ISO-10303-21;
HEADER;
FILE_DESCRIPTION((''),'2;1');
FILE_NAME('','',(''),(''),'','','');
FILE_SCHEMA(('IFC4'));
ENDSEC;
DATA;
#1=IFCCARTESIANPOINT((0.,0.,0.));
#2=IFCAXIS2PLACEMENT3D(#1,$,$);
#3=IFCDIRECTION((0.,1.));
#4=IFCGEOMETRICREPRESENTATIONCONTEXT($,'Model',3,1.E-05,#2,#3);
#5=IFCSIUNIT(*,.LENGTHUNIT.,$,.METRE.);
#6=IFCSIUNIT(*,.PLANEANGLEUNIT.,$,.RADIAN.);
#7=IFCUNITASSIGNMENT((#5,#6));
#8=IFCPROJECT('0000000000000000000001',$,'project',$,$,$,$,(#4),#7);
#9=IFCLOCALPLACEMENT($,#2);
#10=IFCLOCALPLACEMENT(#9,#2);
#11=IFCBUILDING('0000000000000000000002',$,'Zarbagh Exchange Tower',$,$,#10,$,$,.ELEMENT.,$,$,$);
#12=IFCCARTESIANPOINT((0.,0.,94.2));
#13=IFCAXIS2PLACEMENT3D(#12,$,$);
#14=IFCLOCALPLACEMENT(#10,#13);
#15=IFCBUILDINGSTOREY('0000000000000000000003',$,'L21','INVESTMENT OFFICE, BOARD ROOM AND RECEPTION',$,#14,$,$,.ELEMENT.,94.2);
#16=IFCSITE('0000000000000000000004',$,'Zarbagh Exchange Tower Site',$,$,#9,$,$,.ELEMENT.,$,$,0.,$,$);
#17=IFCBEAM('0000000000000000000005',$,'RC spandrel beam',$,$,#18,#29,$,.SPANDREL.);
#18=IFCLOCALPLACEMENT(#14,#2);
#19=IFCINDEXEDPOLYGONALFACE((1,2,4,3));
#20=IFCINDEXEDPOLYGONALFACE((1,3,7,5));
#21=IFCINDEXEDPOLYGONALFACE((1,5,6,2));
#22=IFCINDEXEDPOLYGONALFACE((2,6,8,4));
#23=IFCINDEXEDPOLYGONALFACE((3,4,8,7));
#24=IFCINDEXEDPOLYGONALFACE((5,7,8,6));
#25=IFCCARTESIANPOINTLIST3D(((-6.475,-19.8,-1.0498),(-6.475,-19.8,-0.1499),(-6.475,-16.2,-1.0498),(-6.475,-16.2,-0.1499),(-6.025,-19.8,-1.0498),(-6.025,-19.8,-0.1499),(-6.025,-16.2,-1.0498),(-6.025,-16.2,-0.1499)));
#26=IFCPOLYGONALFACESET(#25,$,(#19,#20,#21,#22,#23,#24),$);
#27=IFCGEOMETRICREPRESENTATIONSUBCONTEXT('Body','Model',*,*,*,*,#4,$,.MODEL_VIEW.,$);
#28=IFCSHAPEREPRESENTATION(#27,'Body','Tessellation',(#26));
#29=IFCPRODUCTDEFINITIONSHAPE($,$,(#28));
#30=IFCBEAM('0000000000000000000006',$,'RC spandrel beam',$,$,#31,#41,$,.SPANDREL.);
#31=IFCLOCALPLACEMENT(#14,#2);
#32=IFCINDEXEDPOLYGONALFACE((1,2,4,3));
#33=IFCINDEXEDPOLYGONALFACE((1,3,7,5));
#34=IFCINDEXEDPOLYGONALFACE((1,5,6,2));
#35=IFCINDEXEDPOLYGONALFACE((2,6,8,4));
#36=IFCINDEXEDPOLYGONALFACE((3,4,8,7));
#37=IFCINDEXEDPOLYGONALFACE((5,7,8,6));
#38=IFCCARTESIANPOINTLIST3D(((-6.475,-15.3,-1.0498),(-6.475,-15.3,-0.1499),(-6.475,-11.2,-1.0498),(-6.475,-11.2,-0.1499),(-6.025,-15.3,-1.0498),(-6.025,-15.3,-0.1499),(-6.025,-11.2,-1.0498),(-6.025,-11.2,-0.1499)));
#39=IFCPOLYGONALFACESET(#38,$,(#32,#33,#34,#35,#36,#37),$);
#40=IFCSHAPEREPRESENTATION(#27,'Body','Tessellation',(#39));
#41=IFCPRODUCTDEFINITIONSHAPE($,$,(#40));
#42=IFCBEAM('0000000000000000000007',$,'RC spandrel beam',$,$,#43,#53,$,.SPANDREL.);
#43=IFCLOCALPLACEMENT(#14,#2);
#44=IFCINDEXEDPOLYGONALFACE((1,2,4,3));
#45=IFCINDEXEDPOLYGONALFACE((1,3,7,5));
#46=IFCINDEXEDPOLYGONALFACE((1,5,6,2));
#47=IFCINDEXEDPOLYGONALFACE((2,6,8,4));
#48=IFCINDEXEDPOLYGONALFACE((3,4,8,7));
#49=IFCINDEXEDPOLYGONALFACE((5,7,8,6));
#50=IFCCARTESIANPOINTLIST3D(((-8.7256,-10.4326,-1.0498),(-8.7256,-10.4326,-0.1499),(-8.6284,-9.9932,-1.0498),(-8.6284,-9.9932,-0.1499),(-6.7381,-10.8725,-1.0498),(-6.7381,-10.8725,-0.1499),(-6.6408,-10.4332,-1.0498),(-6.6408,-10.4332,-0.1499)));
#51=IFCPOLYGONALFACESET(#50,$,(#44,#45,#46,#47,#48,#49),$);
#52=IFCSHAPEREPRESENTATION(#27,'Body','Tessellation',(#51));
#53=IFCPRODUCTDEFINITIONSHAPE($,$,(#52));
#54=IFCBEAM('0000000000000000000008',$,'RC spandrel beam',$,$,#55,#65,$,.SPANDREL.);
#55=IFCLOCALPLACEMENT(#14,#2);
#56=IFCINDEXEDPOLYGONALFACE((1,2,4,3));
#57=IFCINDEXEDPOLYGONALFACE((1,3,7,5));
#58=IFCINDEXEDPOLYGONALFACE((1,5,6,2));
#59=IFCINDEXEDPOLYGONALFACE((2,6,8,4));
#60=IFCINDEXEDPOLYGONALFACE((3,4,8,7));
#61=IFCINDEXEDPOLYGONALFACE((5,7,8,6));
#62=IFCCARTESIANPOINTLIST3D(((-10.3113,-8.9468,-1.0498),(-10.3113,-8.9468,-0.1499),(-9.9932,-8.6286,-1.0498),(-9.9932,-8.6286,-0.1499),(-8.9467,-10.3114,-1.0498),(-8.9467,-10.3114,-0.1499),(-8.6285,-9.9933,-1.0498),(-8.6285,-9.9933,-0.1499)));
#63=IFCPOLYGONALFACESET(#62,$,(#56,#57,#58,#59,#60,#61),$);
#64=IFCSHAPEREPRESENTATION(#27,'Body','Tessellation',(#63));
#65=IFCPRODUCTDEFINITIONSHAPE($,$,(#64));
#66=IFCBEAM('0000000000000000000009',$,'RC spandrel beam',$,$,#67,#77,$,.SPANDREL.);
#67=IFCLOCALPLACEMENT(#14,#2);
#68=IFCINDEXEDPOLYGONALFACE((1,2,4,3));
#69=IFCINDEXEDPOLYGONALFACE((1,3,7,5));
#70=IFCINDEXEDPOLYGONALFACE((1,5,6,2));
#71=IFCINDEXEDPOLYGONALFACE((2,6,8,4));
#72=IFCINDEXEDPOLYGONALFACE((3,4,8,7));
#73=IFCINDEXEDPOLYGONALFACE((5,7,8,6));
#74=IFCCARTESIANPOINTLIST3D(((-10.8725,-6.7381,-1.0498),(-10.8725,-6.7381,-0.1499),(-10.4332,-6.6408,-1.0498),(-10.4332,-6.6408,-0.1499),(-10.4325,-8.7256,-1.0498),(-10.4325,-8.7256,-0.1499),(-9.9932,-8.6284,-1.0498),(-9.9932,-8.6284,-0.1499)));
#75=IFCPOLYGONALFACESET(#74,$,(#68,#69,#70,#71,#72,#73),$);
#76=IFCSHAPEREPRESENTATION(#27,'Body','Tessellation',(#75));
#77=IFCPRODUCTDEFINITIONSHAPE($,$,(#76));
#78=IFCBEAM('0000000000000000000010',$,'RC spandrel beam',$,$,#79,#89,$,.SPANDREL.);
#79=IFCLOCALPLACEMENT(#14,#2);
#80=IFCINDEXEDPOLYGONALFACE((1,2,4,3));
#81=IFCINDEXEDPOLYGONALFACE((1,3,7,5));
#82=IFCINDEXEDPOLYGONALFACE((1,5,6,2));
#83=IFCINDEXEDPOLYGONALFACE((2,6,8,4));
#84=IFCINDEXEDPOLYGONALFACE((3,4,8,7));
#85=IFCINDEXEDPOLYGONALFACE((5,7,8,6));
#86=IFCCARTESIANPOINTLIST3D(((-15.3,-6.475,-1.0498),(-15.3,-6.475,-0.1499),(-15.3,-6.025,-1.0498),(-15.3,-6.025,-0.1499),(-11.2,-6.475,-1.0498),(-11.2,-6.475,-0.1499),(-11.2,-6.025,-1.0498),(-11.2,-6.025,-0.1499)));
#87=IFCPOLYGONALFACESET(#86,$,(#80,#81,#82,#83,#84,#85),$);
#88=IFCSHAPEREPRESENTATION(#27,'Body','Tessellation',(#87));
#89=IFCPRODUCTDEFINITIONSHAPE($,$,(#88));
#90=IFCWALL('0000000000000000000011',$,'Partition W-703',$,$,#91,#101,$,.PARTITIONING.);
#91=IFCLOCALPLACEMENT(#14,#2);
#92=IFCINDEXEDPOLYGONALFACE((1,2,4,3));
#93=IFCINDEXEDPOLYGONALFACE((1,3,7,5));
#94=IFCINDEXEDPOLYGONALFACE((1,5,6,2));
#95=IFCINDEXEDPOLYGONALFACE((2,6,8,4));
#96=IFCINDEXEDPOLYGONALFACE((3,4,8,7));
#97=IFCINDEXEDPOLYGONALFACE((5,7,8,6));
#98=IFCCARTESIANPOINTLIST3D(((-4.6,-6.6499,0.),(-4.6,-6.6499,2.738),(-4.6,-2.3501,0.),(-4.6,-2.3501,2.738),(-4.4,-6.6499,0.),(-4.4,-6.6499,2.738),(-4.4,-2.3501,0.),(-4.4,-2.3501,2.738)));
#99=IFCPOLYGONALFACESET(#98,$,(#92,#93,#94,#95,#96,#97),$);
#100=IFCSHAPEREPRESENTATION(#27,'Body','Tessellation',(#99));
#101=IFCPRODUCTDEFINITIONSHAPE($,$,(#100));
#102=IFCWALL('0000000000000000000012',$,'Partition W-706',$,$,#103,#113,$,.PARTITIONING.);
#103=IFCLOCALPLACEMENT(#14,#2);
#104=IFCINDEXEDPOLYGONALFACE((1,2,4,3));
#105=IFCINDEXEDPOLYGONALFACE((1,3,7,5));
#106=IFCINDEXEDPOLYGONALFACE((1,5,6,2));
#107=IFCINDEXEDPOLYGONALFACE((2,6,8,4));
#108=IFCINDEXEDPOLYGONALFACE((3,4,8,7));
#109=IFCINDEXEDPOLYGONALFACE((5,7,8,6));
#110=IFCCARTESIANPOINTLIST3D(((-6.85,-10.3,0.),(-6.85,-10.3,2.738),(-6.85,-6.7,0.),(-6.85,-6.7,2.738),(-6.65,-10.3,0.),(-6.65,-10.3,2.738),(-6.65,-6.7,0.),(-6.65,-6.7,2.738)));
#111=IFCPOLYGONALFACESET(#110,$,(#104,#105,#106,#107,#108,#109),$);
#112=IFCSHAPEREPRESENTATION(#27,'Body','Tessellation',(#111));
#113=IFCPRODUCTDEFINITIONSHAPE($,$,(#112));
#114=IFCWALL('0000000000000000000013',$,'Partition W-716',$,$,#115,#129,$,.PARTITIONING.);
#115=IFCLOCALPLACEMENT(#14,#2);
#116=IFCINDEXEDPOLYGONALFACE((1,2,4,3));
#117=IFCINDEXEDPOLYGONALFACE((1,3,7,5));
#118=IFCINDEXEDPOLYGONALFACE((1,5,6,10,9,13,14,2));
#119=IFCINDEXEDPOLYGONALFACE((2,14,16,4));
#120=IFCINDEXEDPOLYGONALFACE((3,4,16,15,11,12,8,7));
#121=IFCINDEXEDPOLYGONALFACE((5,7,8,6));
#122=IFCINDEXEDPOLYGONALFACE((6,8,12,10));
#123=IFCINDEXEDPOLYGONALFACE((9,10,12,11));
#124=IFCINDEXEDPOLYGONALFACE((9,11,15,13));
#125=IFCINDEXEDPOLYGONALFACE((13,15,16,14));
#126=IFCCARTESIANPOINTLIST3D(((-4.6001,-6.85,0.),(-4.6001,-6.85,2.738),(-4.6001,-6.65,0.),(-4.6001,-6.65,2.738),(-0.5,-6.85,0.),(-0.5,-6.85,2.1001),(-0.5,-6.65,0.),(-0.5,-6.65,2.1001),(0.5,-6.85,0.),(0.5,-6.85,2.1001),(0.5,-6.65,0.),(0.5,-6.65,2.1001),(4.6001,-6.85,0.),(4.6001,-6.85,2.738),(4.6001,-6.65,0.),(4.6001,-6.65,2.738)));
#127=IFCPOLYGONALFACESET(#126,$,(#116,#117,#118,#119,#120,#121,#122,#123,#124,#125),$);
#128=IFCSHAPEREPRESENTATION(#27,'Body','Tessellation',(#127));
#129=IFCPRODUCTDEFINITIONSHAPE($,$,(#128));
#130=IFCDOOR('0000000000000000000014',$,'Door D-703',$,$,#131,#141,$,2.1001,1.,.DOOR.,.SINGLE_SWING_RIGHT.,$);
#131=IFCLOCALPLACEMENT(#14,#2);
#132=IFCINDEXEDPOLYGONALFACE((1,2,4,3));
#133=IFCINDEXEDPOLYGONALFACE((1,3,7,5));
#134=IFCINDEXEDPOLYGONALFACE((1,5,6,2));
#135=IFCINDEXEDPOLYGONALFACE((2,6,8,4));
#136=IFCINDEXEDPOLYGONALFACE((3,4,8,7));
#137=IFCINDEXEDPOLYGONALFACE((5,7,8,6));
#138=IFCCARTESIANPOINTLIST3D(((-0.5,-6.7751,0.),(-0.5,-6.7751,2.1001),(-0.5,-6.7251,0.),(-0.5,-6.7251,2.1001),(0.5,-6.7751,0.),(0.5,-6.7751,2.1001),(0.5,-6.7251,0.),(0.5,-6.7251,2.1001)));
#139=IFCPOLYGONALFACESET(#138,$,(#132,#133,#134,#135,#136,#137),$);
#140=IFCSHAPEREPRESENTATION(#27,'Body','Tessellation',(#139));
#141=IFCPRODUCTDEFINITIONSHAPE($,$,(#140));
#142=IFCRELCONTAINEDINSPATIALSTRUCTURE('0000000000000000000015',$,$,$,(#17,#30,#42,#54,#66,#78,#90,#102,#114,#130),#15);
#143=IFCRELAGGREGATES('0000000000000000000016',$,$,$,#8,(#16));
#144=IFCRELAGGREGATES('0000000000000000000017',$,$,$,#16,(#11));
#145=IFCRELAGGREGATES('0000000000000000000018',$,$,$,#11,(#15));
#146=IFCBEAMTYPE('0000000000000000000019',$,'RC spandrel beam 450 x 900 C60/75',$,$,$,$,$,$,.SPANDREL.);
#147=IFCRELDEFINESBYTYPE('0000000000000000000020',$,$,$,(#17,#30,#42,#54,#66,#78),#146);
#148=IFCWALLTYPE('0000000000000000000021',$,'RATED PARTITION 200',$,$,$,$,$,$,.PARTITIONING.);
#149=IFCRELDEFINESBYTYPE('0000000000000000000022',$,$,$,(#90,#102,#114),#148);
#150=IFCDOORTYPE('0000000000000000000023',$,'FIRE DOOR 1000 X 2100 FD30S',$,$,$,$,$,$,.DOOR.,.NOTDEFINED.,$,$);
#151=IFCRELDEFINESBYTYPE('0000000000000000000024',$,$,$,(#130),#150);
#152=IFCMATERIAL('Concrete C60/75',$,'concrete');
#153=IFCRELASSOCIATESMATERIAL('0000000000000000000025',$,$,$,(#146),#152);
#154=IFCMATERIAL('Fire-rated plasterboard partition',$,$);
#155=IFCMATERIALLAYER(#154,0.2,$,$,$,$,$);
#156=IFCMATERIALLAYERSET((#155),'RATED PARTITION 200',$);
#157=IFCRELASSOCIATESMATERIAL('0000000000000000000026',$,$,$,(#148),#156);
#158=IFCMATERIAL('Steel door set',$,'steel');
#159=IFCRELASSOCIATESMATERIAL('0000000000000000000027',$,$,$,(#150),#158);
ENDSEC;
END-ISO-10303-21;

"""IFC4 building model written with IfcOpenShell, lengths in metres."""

from ifc_helpers import new_model, si_unit, direction, frame, frame_2d, origin, origin_2d, place, context, subcontext, project, spatial, rectangle, extrude, material, layer, layer_set, material_profile, profile_set, type_object, element, fill, save


model = new_model("IFC4")

# Units and contexts
model_context = context("Model", 3, precision=1e-05, world=origin(), true_north=direction((0.0, 1.0)))
body_context = subcontext(model_context, "Body", "Model", "MODEL_VIEW")
ifc_project = project(units=[si_unit("LENGTHUNIT", "METRE"), si_unit("PLANEANGLEUNIT", "RADIAN")], contexts=[model_context])

# Site, building, storey
site_placement = place(None, origin())
site = spatial("IfcSite", under=ifc_project, at=site_placement, Name="Zarbagh Exchange Tower Site", CompositionType="ELEMENT", RefElevation=0.0)
building_placement = place(site_placement, origin())
building = spatial("IfcBuilding", under=site, at=building_placement, Name="Zarbagh Exchange Tower", CompositionType="ELEMENT")
storey_placement = place(building_placement, frame((0.0, 0.0, 94.2)))
storey = spatial("IfcBuildingStorey", under=building, at=storey_placement, Name="L21", Description="INVESTMENT OFFICE, BOARD ROOM AND RECEPTION", CompositionType="ELEMENT", Elevation=94.2)

# Shared definitions
ifc_material_1 = material(Name="Concrete C60/75", Category="concrete")

# Beams
ifc_material_profile_1 = material_profile(ifc_material_1, rectangle(XDim=0.45, YDim=0.8999, at=origin_2d()), Name="RC spandrel beam 450 x 900 C60/75")
ifc_profile_set_1 = profile_set([ifc_material_profile_1], Name="Concrete C60/75")
beam_type_1 = type_object("IfcBeamType", Name="RC spandrel beam 450 x 900 C60/75", PredefinedType="SPANDREL", material=ifc_profile_set_1)
beam_1_placement = place(storey_placement, frame((-6.25, -19.8, -0.5999), z_axis=(0.0, 1.0, 0.0), x_axis=(-1.0, 0.0, 0.0)))
element("IfcBeam", 1, at=beam_1_placement, inside=storey, type_object=beam_type_1, Name="RC spandrel beam", PredefinedType="SPANDREL", context=body_context, shape_type="SweptSolid", body=[
    extrude(rectangle(XDim=0.45, YDim=0.8999, at=origin_2d()), origin(), (0.0, 0.0, 1.0), 3.6001),
])
beam_2_placement = place(storey_placement, frame((-6.25, -15.3, -0.5999), z_axis=(0.0, 1.0, 0.0), x_axis=(-1.0, 0.0, 0.0)))
element("IfcBeam", 2, at=beam_2_placement, inside=storey, type_object=beam_type_1, Name="RC spandrel beam", PredefinedType="SPANDREL", context=body_context, shape_type="SweptSolid", body=[
    extrude(rectangle(XDim=0.45, YDim=0.8999, at=origin_2d()), origin(), (0.0, 0.0, 1.0), 4.1001),
])
beam_3_placement = place(storey_placement, frame((-6.6895, -10.6528, -0.5999), z_axis=(-0.976367, 0.216118, 0.0), x_axis=(-0.216118, -0.976367, 0.0)))
element("IfcBeam", 3, at=beam_3_placement, inside=storey, type_object=beam_type_1, Name="RC spandrel beam", PredefinedType="SPANDREL", context=body_context, shape_type="SweptSolid", body=[
    extrude(rectangle(XDim=0.45, YDim=0.8999, at=origin_2d()), origin(), (0.0, 0.0, 1.0), 2.0356),
])
beam_4_placement = place(storey_placement, frame((-8.7876, -10.1523, -0.5999), z_axis=(-0.707107, 0.707107, 0.0), x_axis=(-0.707107, -0.707107, 0.0)))
element("IfcBeam", 4, at=beam_4_placement, inside=storey, type_object=beam_type_1, Name="RC spandrel beam", PredefinedType="SPANDREL", context=body_context, shape_type="SweptSolid", body=[
    extrude(rectangle(XDim=0.45, YDim=0.8999, at=origin_2d()), origin(), (0.0, 0.0, 1.0), 1.9299),
])
beam_5_placement = place(storey_placement, frame((-10.2129, -8.677, -0.5999), z_axis=(-0.216118, 0.976367, 0.0), x_axis=(-0.976367, -0.216118, 0.0)))
element("IfcBeam", 5, at=beam_5_placement, inside=storey, type_object=beam_type_1, Name="RC spandrel beam", PredefinedType="SPANDREL", context=body_context, shape_type="SweptSolid", body=[
    extrude(rectangle(XDim=0.45, YDim=0.8999, at=origin_2d()), origin(), (0.0, 0.0, 1.0), 2.0356),
])
beam_6_placement = place(storey_placement, frame((-11.2, -6.25, -0.5999), z_axis=(-1.0, 0.0, 0.0), x_axis=(0.0, -1.0, 0.0)))
element("IfcBeam", 6, at=beam_6_placement, inside=storey, type_object=beam_type_1, Name="RC spandrel beam", PredefinedType="SPANDREL", context=body_context, shape_type="SweptSolid", body=[
    extrude(rectangle(XDim=0.45, YDim=0.8999, at=origin_2d()), origin(), (0.0, 0.0, 1.0), 4.1001),
])

# Walls
ifc_material_2 = material(Name="Fire-rated plasterboard partition")
ifc_layer = layer(ifc_material_2, 0.2)
ifc_layer_set = layer_set([ifc_layer], Name="RATED PARTITION 200")
wall_type = type_object("IfcWallType", Name="RATED PARTITION 200", PredefinedType="PARTITIONING", material=ifc_layer_set)
wall_1_placement = place(storey_placement, frame((-4.5, -6.6499, 0.0), z_axis=(0.0, 0.0, 1.0), x_axis=(0.0, 1.0, 0.0)))
element("IfcWall", 7, at=wall_1_placement, inside=storey, type_object=wall_type, Name="Partition W-703", PredefinedType="PARTITIONING", context=body_context, shape_type="SweptSolid", body=[
    extrude(rectangle(XDim=4.2998, YDim=0.2, at=frame_2d((2.1499, 0.0))), origin(), (0.0, 0.0, 1.0), 2.738),
])
wall_2_placement = place(storey_placement, frame((-6.75, -10.3, 0.0), z_axis=(0.0, 0.0, 1.0), x_axis=(0.0, 1.0, 0.0)))
element("IfcWall", 8, at=wall_2_placement, inside=storey, type_object=wall_type, Name="Partition W-706", PredefinedType="PARTITIONING", context=body_context, shape_type="SweptSolid", body=[
    extrude(rectangle(XDim=3.6001, YDim=0.2, at=frame_2d((1.8, 0.0))), origin(), (0.0, 0.0, 1.0), 2.738),
])

# Wall, opening, door
wall_3_placement = place(storey_placement, frame((-4.6001, -6.75, 0.0), z_axis=(0.0, 0.0, 1.0), x_axis=(1.0, 0.0, 0.0)))
wall_3 = element("IfcWall", 9, at=wall_3_placement, inside=storey, type_object=wall_type, Name="Partition W-716", PredefinedType="PARTITIONING", context=body_context, shape_type="SweptSolid", body=[
    extrude(rectangle(XDim=9.2002, YDim=0.2, at=frame_2d((4.6001, 0.0))), origin(), (0.0, 0.0, 1.0), 2.738),
])
opening_placement = place(wall_3_placement, frame((4.1001, 0.0, 0.0)))
opening = element("IfcOpeningElement", 10, at=opening_placement, cuts=wall_3, PredefinedType="OPENING", context=body_context, shape_type="SweptSolid", body=[
    extrude(rectangle(XDim=1.0, YDim=2.1001, at=frame_2d((0.5, 1.05))), frame((0.0, 0.1099, 0.0), z_axis=(0.0, -1.0, 0.0), x_axis=(1.0, 0.0, 0.0)), (0.0, 0.0, 1.0), 0.22),
])
ifc_material_3 = material(Name="Steel door set", Category="steel")
door_type = type_object("IfcDoorType", Name="FIRE DOOR 1000 X 2100 FD30S", OperationType="NOTDEFINED", PredefinedType="DOOR", material=ifc_material_3)
door_placement = place(opening_placement, origin())
door = element("IfcDoor", 11, at=door_placement, inside=storey, type_object=door_type, Name="Door D-703", OperationType="SINGLE_SWING_RIGHT", OverallHeight=2.1001, OverallWidth=1.0, PredefinedType="DOOR", context=body_context, shape_type="SweptSolid", body=[
    extrude(rectangle(XDim=1.0, YDim=2.1001, at=frame_2d((0.5, 1.05))), frame((0.0, 0.0249, 0.0), z_axis=(0.0, -1.0, 0.0), x_axis=(1.0, 0.0, 0.0)), (0.0, 0.0, 1.0), 0.05),
])
fill(opening, door)

save(model, "model.ifc")
